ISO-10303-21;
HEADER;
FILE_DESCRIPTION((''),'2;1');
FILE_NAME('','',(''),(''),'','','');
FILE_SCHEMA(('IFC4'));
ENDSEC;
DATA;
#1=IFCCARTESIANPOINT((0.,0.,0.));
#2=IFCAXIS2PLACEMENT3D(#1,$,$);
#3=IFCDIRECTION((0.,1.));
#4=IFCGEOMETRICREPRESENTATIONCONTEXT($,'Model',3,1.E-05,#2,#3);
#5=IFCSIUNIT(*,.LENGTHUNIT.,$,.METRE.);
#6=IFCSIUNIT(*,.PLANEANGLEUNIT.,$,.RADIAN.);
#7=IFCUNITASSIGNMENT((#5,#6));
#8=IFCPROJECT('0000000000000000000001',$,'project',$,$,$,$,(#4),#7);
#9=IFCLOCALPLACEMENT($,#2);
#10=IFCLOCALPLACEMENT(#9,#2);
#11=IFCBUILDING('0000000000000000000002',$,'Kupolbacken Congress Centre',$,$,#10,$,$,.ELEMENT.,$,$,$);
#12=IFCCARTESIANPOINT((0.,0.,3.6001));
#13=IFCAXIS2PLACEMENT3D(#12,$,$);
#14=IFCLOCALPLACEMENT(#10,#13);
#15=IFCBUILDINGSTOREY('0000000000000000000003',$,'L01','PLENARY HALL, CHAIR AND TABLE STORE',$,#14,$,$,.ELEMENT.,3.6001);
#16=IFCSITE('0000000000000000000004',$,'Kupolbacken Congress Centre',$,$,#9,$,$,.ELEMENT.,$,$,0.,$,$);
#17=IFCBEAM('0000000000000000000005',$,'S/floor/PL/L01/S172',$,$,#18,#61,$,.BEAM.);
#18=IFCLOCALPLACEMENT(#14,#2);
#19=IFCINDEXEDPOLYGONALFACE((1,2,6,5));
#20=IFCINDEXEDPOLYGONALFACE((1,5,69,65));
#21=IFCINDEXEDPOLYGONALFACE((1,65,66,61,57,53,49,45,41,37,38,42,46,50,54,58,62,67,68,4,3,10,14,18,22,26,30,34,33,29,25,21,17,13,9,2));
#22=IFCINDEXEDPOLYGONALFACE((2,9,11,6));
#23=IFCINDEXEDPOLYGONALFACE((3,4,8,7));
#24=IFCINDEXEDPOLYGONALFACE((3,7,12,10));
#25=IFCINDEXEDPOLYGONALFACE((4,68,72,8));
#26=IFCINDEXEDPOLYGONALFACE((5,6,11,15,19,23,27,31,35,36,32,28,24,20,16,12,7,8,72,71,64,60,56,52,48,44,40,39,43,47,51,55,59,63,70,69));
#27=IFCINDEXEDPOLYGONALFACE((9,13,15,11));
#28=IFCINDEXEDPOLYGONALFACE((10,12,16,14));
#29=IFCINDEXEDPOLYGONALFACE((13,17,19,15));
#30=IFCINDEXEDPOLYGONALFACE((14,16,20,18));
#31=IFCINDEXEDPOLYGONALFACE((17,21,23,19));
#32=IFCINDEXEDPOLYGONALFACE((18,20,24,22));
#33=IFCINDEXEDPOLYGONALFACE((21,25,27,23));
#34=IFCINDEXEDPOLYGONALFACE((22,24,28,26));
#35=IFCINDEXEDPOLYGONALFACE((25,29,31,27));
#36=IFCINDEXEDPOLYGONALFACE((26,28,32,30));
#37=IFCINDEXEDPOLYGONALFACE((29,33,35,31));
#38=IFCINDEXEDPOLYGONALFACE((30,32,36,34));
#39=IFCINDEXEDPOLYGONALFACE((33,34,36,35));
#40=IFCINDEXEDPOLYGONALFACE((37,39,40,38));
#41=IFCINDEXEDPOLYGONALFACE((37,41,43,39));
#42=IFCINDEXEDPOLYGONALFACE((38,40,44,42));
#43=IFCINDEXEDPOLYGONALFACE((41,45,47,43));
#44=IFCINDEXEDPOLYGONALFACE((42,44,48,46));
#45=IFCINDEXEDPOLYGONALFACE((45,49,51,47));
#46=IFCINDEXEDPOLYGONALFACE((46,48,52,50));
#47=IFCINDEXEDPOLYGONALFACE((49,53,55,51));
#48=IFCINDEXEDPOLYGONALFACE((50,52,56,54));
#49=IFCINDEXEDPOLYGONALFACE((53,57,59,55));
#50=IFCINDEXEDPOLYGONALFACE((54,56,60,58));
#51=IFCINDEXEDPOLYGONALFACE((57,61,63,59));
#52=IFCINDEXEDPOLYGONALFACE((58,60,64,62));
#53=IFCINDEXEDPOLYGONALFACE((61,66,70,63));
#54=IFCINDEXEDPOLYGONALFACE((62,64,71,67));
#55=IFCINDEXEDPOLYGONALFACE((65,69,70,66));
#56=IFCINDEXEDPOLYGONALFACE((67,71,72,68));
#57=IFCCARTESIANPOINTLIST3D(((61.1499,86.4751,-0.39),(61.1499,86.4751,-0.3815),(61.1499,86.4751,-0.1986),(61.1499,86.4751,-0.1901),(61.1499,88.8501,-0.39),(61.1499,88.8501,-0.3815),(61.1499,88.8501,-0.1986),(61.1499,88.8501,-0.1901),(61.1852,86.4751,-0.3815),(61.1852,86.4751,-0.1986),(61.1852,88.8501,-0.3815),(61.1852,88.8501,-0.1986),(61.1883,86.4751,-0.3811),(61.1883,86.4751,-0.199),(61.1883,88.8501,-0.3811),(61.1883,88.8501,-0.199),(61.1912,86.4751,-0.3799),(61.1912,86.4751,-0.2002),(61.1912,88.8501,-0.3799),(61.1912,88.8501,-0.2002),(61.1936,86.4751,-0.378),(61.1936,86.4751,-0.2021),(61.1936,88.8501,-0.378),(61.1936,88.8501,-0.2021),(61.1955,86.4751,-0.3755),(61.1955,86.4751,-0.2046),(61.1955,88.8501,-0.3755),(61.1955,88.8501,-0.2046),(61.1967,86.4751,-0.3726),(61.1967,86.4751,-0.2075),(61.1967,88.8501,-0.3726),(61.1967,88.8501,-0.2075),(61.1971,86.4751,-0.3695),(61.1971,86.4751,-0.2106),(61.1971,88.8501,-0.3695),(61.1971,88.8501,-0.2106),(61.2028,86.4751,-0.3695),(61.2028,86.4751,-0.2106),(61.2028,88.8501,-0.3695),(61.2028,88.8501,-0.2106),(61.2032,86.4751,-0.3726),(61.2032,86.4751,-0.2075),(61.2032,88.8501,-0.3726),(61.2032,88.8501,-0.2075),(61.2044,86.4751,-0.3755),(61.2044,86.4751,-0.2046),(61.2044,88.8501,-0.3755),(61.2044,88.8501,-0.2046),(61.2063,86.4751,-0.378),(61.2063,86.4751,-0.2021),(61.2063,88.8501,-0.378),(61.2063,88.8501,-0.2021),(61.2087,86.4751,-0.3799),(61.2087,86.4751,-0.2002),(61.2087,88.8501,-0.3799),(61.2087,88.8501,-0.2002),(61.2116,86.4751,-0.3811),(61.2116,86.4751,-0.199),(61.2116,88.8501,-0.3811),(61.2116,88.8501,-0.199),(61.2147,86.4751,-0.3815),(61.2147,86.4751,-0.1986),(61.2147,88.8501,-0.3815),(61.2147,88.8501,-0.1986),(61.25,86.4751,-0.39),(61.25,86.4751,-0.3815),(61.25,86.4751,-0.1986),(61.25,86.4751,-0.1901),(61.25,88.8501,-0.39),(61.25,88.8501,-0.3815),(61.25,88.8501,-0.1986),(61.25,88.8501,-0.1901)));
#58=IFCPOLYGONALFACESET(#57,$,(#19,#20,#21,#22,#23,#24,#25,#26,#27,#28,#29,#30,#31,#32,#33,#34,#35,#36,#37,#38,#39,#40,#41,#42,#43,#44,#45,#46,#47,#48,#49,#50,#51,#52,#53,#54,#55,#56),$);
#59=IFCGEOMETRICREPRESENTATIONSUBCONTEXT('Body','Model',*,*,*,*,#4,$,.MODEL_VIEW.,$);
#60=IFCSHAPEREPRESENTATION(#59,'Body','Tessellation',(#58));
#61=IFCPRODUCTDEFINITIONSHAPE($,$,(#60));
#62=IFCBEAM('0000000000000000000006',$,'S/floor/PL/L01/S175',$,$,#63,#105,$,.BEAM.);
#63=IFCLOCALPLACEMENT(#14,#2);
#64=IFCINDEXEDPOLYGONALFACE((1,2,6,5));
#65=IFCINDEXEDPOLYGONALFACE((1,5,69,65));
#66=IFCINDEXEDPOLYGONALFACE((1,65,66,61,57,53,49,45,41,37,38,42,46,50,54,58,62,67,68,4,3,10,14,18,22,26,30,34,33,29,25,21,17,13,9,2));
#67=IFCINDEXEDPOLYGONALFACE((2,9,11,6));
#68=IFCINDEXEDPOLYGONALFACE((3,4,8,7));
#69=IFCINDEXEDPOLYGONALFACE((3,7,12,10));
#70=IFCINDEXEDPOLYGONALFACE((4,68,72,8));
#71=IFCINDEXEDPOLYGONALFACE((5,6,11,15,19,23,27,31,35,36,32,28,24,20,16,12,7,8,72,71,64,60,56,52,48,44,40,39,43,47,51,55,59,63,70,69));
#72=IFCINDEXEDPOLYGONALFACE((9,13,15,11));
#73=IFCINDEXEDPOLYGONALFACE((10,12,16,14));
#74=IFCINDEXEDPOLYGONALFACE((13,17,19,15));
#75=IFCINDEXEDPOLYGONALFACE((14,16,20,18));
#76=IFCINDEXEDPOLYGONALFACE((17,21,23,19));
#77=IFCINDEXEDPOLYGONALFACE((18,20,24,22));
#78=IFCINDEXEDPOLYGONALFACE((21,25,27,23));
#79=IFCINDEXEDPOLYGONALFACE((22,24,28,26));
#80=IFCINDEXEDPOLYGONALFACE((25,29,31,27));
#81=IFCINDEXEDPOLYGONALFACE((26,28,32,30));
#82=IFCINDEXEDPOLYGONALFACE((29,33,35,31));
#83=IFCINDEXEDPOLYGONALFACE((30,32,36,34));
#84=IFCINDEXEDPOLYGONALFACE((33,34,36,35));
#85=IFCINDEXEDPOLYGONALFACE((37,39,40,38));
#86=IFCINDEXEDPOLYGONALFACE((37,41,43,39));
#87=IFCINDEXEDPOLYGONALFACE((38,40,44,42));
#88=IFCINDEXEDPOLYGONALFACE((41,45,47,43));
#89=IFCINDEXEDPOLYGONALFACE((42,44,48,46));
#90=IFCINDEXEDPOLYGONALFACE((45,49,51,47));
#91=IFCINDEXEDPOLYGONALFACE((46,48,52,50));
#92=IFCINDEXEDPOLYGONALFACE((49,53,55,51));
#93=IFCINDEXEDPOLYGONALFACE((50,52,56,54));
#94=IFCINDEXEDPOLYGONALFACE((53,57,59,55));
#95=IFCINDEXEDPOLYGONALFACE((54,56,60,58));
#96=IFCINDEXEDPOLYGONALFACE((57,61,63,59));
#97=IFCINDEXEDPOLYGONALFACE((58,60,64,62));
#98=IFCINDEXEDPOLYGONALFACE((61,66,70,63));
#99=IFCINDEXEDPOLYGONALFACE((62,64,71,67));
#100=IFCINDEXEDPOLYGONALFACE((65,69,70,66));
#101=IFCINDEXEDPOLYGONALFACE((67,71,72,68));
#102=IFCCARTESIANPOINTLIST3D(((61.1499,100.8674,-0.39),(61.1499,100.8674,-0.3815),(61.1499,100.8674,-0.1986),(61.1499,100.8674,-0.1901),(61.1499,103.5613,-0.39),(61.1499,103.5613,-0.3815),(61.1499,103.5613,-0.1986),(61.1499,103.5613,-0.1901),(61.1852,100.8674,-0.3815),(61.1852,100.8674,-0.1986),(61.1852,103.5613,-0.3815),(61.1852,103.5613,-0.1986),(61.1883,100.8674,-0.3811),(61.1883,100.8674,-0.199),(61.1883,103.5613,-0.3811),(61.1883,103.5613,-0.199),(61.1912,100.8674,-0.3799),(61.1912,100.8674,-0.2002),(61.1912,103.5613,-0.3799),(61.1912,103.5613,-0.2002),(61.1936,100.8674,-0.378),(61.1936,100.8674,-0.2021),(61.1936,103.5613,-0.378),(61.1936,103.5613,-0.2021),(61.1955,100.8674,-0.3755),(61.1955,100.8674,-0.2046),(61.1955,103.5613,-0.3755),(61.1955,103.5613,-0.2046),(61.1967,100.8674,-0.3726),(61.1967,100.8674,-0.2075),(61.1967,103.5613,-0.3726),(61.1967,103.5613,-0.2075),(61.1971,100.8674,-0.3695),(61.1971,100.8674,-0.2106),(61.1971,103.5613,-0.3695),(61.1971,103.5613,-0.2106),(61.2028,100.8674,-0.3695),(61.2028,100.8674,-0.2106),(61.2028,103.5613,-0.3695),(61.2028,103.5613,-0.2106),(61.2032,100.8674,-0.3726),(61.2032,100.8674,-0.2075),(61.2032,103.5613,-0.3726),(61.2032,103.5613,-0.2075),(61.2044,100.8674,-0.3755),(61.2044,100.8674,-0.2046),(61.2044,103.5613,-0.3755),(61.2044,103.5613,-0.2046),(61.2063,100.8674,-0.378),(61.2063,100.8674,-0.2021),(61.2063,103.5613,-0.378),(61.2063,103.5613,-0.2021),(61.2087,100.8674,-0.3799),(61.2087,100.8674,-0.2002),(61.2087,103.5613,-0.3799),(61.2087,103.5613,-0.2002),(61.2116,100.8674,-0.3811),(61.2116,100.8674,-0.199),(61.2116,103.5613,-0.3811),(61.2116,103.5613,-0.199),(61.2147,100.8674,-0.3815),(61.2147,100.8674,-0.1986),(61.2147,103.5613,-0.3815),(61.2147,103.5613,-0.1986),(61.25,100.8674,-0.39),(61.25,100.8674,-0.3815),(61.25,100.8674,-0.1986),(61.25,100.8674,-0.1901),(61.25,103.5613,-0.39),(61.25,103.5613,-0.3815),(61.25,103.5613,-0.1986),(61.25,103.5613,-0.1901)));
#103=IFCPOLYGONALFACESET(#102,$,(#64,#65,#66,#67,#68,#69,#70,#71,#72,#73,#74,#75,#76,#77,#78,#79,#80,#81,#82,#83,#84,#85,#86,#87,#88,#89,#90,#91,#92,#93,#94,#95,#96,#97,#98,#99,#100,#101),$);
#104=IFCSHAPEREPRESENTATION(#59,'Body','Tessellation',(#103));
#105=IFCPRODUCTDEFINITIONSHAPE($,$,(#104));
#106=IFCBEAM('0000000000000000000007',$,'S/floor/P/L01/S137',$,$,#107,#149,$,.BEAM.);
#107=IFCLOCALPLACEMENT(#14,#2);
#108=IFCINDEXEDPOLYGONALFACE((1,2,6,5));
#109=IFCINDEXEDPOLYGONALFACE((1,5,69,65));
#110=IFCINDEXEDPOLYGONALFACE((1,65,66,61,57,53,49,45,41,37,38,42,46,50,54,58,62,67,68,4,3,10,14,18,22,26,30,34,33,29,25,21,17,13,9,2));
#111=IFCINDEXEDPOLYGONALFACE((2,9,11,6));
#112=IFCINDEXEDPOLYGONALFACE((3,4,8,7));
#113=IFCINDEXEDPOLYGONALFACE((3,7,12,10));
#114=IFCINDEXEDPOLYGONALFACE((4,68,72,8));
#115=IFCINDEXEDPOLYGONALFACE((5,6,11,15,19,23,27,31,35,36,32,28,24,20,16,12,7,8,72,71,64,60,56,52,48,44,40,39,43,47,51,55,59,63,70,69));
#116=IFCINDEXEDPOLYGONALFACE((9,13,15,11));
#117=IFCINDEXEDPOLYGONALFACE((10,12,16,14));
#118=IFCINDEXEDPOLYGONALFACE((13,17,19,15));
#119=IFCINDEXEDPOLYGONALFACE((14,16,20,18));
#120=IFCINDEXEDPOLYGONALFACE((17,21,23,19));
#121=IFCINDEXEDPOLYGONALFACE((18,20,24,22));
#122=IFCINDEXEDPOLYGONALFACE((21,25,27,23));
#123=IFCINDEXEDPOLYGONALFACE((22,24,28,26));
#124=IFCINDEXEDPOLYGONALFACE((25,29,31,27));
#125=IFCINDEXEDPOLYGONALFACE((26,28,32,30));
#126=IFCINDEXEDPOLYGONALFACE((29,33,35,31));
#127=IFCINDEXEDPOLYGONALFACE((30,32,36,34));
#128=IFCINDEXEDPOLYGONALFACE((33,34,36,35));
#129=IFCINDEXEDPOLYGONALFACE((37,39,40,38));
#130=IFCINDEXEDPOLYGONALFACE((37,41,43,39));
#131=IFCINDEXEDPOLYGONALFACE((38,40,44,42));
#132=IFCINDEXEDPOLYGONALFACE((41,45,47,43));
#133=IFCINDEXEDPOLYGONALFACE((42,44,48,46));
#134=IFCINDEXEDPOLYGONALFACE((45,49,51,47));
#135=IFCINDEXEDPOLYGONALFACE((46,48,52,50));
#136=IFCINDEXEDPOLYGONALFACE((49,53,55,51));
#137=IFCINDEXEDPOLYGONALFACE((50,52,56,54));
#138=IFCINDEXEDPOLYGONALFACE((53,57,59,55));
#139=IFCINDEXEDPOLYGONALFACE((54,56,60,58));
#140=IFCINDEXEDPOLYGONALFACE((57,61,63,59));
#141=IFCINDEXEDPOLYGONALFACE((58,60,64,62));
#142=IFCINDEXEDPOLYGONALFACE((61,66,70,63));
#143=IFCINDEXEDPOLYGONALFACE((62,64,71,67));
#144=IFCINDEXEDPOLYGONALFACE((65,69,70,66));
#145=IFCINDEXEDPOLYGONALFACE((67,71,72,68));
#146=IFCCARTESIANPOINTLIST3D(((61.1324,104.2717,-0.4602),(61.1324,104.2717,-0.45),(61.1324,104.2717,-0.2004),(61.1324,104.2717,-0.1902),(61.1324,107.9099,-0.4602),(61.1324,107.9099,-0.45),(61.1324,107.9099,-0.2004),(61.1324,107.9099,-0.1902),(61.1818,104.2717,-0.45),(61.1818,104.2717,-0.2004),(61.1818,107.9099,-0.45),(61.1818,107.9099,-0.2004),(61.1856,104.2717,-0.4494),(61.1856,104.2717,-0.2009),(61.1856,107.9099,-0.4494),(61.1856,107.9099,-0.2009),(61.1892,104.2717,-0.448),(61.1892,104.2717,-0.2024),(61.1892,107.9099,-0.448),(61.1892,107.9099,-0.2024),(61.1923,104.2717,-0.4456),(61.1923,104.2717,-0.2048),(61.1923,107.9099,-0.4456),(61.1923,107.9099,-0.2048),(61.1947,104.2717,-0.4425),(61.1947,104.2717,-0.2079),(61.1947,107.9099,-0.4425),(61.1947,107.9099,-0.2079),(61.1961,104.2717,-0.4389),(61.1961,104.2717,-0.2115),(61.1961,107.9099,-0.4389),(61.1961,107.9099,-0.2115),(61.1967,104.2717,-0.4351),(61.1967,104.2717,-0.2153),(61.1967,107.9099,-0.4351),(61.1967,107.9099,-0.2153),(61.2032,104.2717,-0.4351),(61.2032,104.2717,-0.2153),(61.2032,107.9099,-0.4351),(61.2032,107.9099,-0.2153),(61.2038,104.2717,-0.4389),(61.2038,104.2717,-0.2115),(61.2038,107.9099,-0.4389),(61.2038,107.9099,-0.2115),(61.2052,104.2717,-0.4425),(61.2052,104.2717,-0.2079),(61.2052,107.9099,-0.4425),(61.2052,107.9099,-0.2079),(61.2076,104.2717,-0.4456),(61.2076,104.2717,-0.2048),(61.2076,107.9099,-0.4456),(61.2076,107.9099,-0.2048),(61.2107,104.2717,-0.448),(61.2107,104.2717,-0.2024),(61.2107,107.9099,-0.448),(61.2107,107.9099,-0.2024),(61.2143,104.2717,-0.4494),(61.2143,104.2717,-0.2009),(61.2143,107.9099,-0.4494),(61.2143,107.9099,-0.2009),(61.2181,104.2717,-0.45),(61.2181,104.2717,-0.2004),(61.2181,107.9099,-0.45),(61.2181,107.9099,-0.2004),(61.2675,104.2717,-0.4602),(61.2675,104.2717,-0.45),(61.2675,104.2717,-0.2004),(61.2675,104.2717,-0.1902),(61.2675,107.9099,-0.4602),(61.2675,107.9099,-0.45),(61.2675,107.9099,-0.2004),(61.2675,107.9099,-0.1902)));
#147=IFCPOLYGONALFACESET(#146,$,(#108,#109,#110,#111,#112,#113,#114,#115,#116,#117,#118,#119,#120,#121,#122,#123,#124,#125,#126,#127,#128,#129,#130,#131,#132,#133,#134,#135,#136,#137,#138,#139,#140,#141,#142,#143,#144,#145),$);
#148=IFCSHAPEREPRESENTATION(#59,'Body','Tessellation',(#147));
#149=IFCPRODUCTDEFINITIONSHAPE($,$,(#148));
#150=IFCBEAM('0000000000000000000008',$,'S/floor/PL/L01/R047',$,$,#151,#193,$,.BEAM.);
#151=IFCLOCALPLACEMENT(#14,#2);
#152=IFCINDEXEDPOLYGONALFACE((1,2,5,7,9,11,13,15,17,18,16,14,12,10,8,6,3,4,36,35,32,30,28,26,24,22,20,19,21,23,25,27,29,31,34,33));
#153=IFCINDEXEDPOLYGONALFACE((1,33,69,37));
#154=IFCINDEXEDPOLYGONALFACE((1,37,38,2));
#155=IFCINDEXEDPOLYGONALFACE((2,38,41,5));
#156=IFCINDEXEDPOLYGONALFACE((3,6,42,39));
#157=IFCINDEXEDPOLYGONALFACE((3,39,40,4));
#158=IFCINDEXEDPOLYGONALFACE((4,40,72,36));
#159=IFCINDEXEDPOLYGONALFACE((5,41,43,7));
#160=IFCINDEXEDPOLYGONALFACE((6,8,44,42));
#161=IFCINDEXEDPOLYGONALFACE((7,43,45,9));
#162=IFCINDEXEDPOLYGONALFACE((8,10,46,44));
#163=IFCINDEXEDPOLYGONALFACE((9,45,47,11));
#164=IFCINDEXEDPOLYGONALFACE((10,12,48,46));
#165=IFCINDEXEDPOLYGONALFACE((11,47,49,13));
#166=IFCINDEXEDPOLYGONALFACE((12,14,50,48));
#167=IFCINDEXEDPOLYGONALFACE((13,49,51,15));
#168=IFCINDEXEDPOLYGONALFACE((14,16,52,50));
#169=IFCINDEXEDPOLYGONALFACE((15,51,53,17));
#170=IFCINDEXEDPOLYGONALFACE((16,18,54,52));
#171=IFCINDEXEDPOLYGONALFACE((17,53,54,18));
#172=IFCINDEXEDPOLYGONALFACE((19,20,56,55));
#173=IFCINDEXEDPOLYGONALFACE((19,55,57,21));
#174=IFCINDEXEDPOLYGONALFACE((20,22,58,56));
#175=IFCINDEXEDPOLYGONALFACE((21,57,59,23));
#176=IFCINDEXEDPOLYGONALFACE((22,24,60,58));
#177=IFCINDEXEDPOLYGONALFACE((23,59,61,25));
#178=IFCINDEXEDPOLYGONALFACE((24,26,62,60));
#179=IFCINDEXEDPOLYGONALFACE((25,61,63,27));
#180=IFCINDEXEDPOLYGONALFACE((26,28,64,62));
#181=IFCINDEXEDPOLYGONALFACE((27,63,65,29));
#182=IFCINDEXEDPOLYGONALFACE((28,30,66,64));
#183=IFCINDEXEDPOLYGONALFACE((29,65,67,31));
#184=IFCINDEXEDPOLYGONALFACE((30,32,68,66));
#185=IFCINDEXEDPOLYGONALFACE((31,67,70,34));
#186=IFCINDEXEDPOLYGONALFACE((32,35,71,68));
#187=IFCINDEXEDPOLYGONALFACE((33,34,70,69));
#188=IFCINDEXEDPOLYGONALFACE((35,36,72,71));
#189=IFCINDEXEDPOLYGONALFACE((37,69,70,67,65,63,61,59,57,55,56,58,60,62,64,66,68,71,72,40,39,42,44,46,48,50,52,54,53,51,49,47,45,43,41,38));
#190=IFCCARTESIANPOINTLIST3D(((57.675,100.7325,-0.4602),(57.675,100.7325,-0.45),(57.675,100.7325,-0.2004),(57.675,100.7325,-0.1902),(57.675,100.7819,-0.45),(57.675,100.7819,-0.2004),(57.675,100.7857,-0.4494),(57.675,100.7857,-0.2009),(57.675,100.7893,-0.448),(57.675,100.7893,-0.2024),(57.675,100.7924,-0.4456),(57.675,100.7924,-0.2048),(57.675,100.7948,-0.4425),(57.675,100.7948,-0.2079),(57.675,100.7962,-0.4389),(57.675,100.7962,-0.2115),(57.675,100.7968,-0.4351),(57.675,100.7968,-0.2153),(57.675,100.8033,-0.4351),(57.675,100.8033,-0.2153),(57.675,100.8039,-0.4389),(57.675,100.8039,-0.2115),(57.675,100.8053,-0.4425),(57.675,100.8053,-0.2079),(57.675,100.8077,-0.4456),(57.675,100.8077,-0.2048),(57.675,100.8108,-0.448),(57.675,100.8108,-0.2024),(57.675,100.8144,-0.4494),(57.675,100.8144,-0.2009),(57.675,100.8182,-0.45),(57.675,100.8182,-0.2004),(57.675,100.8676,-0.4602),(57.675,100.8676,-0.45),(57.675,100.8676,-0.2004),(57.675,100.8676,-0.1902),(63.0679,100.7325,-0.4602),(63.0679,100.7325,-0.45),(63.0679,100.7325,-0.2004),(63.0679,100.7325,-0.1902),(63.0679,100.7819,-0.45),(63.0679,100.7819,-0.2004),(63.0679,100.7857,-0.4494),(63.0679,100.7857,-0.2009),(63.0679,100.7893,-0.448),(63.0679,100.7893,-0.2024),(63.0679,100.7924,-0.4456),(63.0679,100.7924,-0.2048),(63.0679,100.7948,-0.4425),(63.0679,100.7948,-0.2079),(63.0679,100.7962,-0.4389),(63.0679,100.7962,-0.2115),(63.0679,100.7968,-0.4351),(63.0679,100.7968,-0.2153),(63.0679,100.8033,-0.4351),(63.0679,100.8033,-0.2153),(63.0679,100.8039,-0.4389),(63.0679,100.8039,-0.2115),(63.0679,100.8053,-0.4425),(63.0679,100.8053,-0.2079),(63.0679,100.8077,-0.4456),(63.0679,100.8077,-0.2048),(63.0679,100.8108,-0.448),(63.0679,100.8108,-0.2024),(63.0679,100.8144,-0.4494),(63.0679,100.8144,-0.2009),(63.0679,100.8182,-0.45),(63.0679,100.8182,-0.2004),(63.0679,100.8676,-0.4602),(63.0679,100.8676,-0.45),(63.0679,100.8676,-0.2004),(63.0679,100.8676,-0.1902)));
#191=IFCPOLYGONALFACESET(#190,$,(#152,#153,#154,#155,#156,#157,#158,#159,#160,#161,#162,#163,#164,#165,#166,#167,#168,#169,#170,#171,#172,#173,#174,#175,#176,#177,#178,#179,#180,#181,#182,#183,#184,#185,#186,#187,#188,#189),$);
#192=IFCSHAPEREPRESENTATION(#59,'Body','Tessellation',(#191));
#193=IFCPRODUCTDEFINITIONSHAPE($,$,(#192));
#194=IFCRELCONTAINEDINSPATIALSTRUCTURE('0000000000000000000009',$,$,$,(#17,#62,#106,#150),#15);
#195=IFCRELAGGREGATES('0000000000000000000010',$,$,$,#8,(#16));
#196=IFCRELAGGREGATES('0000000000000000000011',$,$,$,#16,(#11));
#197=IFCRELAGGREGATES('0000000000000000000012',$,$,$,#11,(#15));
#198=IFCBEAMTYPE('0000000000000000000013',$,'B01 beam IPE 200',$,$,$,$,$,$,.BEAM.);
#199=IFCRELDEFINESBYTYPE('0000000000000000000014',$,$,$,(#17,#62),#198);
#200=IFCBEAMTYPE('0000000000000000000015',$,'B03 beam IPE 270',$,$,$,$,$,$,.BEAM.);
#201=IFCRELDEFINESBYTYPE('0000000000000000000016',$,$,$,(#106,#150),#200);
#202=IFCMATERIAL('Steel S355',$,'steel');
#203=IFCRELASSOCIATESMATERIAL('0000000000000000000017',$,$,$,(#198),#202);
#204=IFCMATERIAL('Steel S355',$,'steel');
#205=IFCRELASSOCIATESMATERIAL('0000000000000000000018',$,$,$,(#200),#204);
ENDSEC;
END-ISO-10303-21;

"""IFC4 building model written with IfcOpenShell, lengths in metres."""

from ifc_helpers import new_model, si_unit, direction, frame, origin, origin_2d, place, context, subcontext, project, spatial, i_section, extrude, material, material_profile, profile_set, type_object, element, save


model = new_model("IFC4")

# Units and contexts
model_context = context("Model", 3, precision=1e-05, world=origin(), true_north=direction((0.0, 1.0)))
body_context = subcontext(model_context, "Body", "Model", "MODEL_VIEW")
ifc_project = project(units=[si_unit("LENGTHUNIT", "METRE"), si_unit("PLANEANGLEUNIT", "RADIAN")], contexts=[model_context])

# Site, building, storey
site_placement = place(None, origin())
site = spatial("IfcSite", under=ifc_project, at=site_placement, Name="Kupolbacken Congress Centre", CompositionType="ELEMENT", RefElevation=0.0)
building_placement = place(site_placement, origin())
building = spatial("IfcBuilding", under=site, at=building_placement, Name="Kupolbacken Congress Centre", CompositionType="ELEMENT")
storey_placement = place(building_placement, frame((0.0, 0.0, 3.6001)))
storey = spatial("IfcBuildingStorey", under=building, at=storey_placement, Name="L01", Description="PLENARY HALL, CHAIR AND TABLE STORE", CompositionType="ELEMENT", Elevation=3.6001)

# Beams
ifc_material_1 = material(Name="Steel S355", Category="steel")
ifc_material_profile_1 = material_profile(ifc_material_1, i_section(OverallWidth=0.1001, OverallDepth=0.2, WebThickness=0.0056, FlangeThickness=0.0085, FilletRadius=0.012, at=origin_2d()), Name="IPE 200")
ifc_profile_set_1 = profile_set([ifc_material_profile_1], Name="Steel S355")
beam_type_1 = type_object("IfcBeamType", Name="B01 beam IPE 200", PredefinedType="BEAM", material=ifc_profile_set_1)
beam_1_placement = place(storey_placement, frame((61.2, 86.4751, -0.29), z_axis=(0.0, 1.0, 0.0), x_axis=(-1.0, 0.0, 0.0)))
element("IfcBeam", 1, at=beam_1_placement, inside=storey, type_object=beam_type_1, Name="S/floor/PL/L01/S172", PredefinedType="BEAM", context=body_context, shape_type="SweptSolid", body=[
    extrude(i_section(OverallWidth=0.1001, OverallDepth=0.2, WebThickness=0.0056, FlangeThickness=0.0085, FilletRadius=0.012, at=origin_2d()), origin(), (0.0, 0.0, 1.0), 2.375),
])
beam_2_placement = place(storey_placement, frame((61.2, 100.8674, -0.29), z_axis=(0.0, 1.0, 0.0), x_axis=(-1.0, 0.0, 0.0)))
element("IfcBeam", 2, at=beam_2_placement, inside=storey, type_object=beam_type_1, Name="S/floor/PL/L01/S175", PredefinedType="BEAM", context=body_context, shape_type="SweptSolid", body=[
    extrude(i_section(OverallWidth=0.1001, OverallDepth=0.2, WebThickness=0.0056, FlangeThickness=0.0085, FilletRadius=0.012, at=origin_2d()), origin(), (0.0, 0.0, 1.0), 2.6938),
])
ifc_material_2 = material(Name="Steel S355", Category="steel")
ifc_material_profile_2 = material_profile(ifc_material_2, i_section(OverallWidth=0.135, OverallDepth=0.27, WebThickness=0.0066, FlangeThickness=0.0103, FilletRadius=0.0149, at=origin_2d()), Name="IPE 270")
ifc_profile_set_2 = profile_set([ifc_material_profile_2], Name="Steel S355")
beam_type_2 = type_object("IfcBeamType", Name="B03 beam IPE 270", PredefinedType="BEAM", material=ifc_profile_set_2)
beam_3_placement = place(storey_placement, frame((61.2, 104.2717, -0.3252), z_axis=(0.0, 1.0, 0.0), x_axis=(-1.0, 0.0, 0.0)))
element("IfcBeam", 3, at=beam_3_placement, inside=storey, type_object=beam_type_2, Name="S/floor/P/L01/S137", PredefinedType="BEAM", context=body_context, shape_type="SweptSolid", body=[
    extrude(i_section(OverallWidth=0.135, OverallDepth=0.27, WebThickness=0.0066, FlangeThickness=0.0103, FilletRadius=0.0149, at=origin_2d()), origin(), (0.0, 0.0, 1.0), 3.6382),
])
beam_4_placement = place(storey_placement, frame((57.675, 100.8, -0.3252), z_axis=(1.0, 0.0, 0.0), x_axis=(0.0, 1.0, 0.0)))
element("IfcBeam", 4, at=beam_4_placement, inside=storey, type_object=beam_type_2, Name="S/floor/PL/L01/R047", PredefinedType="BEAM", context=body_context, shape_type="SweptSolid", body=[
    extrude(i_section(OverallWidth=0.135, OverallDepth=0.27, WebThickness=0.0066, FlangeThickness=0.0103, FilletRadius=0.0149, at=origin_2d()), origin(), (0.0, 0.0, 1.0), 5.3928),
])

save(model, "model.ifc")
